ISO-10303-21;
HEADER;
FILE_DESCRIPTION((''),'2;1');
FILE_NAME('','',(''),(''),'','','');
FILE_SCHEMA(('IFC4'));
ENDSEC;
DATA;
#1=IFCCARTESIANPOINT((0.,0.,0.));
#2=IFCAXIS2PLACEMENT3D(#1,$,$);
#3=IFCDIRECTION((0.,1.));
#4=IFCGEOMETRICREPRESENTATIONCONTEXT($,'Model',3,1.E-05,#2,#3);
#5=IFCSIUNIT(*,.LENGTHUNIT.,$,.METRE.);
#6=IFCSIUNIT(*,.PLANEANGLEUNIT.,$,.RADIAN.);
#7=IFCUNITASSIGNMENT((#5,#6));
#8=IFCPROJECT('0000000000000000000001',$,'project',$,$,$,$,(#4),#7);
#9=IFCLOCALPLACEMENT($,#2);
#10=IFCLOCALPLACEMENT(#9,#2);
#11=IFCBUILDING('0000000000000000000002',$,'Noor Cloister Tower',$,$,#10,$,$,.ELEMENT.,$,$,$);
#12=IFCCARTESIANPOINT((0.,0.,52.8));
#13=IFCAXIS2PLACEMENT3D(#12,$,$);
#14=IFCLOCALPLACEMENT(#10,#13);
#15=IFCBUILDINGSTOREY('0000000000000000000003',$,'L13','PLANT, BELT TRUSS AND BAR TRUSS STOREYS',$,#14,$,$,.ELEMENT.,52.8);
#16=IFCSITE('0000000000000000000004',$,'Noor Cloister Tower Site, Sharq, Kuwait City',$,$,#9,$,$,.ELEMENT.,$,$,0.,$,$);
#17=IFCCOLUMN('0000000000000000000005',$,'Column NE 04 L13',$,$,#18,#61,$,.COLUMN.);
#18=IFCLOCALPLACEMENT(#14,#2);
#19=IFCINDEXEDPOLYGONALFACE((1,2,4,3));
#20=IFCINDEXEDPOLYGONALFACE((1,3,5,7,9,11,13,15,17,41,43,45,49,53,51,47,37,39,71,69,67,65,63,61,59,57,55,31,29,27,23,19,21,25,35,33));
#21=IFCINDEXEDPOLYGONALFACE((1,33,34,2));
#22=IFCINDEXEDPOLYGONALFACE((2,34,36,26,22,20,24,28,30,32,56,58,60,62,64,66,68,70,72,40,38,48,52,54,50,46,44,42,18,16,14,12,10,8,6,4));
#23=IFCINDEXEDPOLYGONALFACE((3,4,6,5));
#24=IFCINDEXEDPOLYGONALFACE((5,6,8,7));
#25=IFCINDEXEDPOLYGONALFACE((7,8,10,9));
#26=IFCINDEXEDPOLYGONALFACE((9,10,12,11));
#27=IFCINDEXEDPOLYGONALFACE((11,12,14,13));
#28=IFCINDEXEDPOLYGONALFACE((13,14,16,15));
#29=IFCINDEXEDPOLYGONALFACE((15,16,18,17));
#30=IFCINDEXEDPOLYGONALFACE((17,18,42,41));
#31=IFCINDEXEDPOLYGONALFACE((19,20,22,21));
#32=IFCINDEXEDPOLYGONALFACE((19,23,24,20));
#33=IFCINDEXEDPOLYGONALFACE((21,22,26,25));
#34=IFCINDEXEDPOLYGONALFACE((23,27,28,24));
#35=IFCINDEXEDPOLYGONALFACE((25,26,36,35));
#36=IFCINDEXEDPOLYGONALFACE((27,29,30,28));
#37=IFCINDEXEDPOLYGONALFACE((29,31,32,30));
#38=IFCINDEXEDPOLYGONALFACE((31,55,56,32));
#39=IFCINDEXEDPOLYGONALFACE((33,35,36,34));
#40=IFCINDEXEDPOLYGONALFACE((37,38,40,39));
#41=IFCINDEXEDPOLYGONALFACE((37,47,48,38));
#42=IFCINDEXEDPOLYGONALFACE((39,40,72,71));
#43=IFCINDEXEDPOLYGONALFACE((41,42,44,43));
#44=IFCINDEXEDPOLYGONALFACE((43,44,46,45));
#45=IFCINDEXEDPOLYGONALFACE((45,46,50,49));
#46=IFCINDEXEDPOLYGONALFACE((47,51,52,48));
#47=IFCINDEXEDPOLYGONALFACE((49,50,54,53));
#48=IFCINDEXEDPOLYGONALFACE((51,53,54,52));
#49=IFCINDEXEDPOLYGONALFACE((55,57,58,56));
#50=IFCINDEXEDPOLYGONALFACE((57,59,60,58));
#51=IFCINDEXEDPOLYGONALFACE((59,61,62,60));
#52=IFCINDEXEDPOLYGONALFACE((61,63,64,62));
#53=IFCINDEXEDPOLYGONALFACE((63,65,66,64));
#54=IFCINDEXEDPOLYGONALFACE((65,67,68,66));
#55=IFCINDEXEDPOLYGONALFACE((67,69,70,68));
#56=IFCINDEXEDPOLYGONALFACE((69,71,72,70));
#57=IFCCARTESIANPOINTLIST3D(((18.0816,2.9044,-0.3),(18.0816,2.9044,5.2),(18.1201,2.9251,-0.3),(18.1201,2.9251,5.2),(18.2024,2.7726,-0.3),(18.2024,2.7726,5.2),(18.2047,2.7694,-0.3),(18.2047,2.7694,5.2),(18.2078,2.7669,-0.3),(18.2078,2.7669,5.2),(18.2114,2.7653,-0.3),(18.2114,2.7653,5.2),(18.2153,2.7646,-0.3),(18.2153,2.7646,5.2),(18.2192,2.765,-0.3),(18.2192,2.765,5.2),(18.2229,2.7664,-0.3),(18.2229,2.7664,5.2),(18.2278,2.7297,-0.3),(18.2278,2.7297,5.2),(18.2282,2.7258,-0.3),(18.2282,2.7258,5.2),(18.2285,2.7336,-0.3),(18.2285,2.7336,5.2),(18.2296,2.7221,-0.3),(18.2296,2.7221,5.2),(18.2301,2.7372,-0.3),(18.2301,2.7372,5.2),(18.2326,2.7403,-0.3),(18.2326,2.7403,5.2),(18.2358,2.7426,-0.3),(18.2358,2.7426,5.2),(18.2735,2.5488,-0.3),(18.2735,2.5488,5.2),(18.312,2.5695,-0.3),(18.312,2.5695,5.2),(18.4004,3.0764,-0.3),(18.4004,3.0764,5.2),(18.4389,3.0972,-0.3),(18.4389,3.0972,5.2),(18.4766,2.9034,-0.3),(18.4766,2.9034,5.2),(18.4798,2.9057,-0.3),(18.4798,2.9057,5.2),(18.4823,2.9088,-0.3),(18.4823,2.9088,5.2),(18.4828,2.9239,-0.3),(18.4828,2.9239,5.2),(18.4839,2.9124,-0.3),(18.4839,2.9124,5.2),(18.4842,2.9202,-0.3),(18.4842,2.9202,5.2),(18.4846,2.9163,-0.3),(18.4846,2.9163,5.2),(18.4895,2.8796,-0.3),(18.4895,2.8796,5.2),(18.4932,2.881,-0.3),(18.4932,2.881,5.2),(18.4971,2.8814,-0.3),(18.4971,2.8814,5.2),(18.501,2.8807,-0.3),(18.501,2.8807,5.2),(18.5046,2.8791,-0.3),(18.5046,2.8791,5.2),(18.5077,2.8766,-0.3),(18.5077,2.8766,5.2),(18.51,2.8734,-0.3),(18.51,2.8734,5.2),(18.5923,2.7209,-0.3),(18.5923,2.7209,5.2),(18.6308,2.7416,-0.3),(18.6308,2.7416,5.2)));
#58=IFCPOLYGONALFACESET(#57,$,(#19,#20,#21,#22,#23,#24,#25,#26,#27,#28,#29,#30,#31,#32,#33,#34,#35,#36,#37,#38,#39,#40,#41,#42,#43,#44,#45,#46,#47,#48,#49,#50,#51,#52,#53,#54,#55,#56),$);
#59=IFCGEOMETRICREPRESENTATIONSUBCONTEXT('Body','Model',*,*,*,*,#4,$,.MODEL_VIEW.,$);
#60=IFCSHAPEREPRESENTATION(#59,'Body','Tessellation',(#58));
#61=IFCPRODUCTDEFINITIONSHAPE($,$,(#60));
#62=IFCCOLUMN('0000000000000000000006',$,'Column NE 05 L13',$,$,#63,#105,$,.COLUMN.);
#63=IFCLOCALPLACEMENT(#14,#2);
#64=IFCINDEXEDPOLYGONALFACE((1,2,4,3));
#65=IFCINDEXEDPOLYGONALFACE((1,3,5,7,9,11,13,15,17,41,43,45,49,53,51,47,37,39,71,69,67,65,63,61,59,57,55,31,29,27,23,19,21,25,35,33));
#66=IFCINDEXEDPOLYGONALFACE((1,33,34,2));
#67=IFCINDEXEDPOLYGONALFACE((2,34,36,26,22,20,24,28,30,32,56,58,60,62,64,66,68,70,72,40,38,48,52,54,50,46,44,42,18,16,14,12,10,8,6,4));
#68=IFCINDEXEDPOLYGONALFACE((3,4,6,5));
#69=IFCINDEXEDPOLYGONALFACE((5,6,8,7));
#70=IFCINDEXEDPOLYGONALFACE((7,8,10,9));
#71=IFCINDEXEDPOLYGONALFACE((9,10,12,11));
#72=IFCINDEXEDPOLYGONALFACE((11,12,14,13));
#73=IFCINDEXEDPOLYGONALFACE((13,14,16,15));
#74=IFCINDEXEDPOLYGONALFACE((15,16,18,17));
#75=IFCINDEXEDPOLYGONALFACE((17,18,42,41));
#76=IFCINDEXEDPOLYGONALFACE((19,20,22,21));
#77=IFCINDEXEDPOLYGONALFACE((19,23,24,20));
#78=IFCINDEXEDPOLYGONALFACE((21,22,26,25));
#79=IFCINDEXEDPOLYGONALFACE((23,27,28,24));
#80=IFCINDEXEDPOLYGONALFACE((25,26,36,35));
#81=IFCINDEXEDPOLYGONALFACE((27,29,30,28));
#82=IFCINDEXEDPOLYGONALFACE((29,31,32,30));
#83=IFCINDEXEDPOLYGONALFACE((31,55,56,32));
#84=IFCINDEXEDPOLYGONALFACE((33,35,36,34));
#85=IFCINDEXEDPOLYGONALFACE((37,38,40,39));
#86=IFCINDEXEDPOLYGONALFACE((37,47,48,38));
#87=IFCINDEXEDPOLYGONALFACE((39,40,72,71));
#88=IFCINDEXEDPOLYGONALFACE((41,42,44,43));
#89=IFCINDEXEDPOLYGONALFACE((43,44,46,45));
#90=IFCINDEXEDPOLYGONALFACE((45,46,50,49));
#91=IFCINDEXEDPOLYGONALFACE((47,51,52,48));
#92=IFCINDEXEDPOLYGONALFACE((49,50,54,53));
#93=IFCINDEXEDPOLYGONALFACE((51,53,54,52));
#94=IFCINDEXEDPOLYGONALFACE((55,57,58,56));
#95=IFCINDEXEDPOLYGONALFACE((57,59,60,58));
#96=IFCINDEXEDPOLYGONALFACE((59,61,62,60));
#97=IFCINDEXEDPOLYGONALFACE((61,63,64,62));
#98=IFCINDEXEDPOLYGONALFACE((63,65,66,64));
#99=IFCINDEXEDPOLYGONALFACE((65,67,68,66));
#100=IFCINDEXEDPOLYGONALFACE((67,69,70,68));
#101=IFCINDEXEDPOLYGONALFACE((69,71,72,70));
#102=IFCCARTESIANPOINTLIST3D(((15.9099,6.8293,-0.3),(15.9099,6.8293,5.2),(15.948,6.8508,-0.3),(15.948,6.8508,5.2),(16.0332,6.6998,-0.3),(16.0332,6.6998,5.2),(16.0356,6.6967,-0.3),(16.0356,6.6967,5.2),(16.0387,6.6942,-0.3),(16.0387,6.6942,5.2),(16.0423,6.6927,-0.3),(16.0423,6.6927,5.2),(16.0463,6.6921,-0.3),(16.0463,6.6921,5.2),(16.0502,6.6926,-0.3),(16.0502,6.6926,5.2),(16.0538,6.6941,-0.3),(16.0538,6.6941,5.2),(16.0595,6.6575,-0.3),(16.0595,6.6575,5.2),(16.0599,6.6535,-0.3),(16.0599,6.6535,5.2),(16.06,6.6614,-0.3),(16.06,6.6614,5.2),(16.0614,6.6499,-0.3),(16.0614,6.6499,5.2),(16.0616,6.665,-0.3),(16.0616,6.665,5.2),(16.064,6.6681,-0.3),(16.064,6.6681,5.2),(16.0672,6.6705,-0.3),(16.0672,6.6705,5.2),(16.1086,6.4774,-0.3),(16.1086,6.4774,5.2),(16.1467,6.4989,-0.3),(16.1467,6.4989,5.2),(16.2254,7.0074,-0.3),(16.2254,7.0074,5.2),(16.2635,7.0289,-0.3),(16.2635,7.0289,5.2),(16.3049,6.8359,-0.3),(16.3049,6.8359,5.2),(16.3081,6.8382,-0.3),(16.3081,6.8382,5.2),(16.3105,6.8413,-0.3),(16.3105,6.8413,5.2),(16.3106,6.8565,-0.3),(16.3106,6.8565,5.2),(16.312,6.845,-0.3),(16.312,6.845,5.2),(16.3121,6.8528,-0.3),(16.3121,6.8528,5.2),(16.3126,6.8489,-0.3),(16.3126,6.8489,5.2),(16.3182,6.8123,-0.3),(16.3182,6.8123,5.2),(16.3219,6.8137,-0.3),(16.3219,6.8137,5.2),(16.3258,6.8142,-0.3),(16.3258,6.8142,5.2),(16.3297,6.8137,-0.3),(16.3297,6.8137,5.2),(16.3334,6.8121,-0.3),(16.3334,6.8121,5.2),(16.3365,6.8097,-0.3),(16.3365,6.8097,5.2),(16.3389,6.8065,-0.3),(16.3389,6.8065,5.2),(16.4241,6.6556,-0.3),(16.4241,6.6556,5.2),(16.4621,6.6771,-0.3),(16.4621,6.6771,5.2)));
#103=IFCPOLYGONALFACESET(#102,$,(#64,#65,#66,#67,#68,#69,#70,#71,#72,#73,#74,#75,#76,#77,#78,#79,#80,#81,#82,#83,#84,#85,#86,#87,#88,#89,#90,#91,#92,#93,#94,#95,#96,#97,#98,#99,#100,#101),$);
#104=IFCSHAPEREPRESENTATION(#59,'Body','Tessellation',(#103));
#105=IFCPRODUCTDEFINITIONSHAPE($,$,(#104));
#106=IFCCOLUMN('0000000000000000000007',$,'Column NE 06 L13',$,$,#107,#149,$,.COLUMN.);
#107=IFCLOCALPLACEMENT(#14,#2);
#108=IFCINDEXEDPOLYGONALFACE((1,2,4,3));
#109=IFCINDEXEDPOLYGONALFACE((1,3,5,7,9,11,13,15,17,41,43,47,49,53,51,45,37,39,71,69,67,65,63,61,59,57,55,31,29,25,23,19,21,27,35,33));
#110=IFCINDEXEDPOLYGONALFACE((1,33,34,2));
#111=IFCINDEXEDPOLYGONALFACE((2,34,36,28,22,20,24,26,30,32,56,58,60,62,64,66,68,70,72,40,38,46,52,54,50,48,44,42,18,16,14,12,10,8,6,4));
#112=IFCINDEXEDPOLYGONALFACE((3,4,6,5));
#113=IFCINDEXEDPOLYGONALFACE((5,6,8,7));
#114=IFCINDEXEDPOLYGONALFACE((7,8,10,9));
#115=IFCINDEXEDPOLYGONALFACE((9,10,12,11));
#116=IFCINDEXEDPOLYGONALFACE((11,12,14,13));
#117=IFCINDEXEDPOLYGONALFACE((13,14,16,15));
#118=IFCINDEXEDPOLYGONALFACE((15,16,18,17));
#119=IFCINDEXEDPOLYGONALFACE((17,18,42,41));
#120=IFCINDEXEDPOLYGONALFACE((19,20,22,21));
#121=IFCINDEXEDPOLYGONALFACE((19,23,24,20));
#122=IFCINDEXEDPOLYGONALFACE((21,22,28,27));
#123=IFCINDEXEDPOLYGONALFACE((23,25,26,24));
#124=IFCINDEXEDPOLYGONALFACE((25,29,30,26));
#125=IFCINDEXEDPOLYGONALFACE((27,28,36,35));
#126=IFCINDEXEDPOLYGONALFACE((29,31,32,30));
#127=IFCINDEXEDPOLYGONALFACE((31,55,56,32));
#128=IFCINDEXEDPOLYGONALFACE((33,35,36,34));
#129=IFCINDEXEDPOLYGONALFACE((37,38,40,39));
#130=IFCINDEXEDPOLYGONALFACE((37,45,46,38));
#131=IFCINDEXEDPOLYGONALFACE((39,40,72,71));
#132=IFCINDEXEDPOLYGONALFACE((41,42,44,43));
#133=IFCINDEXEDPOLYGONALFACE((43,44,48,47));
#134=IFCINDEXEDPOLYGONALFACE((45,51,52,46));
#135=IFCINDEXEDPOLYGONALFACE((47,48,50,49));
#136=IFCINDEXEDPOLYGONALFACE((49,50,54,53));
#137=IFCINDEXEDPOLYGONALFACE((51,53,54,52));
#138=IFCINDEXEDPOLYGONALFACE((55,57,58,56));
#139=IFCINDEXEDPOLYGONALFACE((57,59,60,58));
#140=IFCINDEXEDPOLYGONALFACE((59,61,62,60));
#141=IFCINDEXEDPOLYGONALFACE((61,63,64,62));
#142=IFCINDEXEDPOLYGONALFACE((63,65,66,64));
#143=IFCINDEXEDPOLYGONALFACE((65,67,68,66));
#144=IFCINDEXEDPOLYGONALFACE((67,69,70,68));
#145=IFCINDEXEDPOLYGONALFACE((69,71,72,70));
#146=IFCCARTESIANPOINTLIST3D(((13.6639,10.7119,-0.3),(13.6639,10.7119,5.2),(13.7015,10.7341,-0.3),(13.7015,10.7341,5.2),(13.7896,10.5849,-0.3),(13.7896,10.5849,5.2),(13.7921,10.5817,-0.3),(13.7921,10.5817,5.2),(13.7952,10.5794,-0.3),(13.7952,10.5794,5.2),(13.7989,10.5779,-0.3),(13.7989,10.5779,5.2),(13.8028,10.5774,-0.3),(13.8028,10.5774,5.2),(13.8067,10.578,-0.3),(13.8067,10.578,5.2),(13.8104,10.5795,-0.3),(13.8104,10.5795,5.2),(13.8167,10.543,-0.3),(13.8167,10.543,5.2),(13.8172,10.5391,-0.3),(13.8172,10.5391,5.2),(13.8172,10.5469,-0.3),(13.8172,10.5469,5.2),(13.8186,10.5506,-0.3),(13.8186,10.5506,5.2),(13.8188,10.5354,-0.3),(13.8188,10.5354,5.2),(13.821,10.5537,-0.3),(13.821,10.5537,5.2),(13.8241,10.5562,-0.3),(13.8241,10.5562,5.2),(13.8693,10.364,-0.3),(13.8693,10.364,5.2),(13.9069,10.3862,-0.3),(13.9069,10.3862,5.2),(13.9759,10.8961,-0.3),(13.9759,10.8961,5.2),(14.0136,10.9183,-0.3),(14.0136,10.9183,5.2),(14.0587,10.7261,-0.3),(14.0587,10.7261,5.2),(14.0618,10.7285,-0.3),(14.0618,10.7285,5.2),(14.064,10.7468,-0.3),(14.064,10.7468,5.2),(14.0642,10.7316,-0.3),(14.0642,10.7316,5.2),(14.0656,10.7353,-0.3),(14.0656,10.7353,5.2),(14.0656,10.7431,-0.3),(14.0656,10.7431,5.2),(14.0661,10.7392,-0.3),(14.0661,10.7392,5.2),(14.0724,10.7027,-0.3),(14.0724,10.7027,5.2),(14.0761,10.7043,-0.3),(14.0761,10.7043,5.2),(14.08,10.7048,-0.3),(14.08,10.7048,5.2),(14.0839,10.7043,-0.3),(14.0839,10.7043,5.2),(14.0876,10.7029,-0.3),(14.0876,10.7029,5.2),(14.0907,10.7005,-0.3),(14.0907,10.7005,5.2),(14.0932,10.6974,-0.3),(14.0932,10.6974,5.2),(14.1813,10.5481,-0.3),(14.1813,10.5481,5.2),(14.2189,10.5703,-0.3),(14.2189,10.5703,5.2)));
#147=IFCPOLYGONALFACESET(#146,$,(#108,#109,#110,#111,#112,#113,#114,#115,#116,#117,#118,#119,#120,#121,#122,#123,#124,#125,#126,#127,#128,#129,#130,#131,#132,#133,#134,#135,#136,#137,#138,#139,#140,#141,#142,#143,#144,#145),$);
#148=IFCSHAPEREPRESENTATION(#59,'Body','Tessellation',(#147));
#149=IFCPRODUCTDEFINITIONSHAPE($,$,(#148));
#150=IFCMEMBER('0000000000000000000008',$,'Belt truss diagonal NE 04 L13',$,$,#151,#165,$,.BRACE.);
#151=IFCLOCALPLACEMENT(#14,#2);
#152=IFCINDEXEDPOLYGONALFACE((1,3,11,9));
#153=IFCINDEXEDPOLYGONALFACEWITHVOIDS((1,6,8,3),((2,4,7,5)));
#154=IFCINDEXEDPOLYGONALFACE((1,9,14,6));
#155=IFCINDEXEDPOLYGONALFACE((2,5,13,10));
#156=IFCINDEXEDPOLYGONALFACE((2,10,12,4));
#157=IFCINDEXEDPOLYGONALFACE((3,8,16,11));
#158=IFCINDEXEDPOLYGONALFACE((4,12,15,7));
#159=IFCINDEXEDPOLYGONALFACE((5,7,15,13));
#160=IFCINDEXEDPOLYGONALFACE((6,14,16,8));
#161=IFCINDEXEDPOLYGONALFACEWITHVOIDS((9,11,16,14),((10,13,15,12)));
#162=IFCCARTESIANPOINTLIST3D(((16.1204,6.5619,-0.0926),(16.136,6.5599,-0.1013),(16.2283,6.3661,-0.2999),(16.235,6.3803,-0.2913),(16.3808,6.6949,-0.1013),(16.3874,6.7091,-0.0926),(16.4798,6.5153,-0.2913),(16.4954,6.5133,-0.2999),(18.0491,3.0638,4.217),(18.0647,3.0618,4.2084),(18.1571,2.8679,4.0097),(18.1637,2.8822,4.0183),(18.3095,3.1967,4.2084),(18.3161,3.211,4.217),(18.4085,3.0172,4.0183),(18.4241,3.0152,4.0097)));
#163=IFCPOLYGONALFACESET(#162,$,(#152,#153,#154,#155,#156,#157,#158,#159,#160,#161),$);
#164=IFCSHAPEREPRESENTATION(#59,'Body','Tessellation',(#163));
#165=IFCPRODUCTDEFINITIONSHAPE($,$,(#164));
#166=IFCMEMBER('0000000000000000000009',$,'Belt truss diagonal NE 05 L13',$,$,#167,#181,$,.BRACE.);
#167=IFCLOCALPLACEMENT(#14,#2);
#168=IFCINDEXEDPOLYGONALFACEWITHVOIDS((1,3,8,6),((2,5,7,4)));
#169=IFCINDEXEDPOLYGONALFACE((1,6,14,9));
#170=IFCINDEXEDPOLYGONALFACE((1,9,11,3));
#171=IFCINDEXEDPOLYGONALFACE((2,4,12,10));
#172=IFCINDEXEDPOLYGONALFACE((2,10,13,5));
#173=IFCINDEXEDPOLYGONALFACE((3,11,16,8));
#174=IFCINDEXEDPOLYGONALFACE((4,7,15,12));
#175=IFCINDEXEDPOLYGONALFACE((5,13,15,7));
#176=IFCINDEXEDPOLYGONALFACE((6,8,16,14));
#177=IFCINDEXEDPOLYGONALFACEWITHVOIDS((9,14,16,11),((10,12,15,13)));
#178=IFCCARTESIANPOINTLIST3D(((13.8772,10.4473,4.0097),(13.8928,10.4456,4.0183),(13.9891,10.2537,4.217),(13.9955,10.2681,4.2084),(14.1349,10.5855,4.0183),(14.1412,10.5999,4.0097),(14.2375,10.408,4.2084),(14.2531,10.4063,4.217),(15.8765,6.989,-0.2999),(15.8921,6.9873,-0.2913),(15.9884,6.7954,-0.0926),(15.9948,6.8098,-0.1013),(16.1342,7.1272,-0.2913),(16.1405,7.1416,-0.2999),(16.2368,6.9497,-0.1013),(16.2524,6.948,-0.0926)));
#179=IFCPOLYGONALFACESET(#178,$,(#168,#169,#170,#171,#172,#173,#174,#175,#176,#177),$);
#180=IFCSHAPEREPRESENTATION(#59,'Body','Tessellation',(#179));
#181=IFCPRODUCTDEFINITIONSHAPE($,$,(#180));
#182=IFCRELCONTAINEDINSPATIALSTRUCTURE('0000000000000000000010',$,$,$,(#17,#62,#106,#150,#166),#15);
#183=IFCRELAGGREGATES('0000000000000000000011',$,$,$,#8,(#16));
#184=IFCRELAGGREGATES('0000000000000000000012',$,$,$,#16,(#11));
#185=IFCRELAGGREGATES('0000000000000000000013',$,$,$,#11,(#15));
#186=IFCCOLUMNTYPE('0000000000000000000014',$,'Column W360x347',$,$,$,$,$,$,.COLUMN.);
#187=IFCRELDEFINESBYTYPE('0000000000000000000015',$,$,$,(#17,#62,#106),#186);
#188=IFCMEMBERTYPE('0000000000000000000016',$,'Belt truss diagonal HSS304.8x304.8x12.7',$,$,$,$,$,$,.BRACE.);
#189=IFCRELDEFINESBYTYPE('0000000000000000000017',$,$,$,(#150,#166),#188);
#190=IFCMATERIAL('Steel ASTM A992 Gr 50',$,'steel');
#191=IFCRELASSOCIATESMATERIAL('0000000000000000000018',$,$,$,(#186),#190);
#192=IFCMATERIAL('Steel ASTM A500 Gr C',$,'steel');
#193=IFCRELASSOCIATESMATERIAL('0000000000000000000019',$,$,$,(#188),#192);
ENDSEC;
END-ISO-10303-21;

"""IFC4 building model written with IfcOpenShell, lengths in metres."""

from ifc_helpers import new_model, si_unit, direction, frame, origin, origin_2d, place, context, subcontext, project, spatial, hollow_rectangle, i_section, extrude, material, material_profile, profile_set, type_object, element, save


model = new_model("IFC4")

# Units and contexts
model_context = context("Model", 3, precision=1e-05, world=origin(), true_north=direction((0.0, 1.0)))
body_context = subcontext(model_context, "Body", "Model", "MODEL_VIEW")
ifc_project = project(units=[si_unit("LENGTHUNIT", "METRE"), si_unit("PLANEANGLEUNIT", "RADIAN")], contexts=[model_context])

# Site, building, storey
site_placement = place(None, origin())
site = spatial("IfcSite", under=ifc_project, at=site_placement, Name="Noor Cloister Tower Site, Sharq, Kuwait City", CompositionType="ELEMENT", RefElevation=0.0)
building_placement = place(site_placement, origin())
building = spatial("IfcBuilding", under=site, at=building_placement, Name="Noor Cloister Tower", CompositionType="ELEMENT")
storey_placement = place(building_placement, frame((0.0, 0.0, 52.8)))
storey = spatial("IfcBuildingStorey", under=building, at=storey_placement, Name="L13", Description="PLANT, BELT TRUSS AND BAR TRUSS STOREYS", CompositionType="ELEMENT", Elevation=52.8)

# Columns
ifc_material_1 = material(Name="Steel ASTM A992 Gr 50", Category="steel")
ifc_material_profile_1 = material_profile(ifc_material_1, i_section(OverallWidth=0.4041, OverallDepth=0.406, WebThickness=0.0271, FlangeThickness=0.0437, FilletRadius=0.0151, at=origin_2d()), Name="W360x347")
ifc_profile_set_1 = profile_set([ifc_material_profile_1], Name="Steel ASTM A992 Gr 50")
column_type = type_object("IfcColumnType", Name="Column W360x347", PredefinedType="COLUMN", material=ifc_profile_set_1)
for number, where, z_axis, x_axis, name in (
    (1, (18.3562, 2.823, -0.3), (0.0, 0.0, 1.0), (-0.474991, 0.87999, 0.0), "Column NE 04 L13"),
    (2, (16.186, 6.7532, -0.3), (0.0, 0.0, 1.0), (-0.491708, 0.87076, 0.0), "Column NE 05 L13"),
    (3, (13.9414, 10.6411, -0.3), (0.0, 0.0, 1.0), (-0.508246, 0.861212, 0.0), "Column NE 06 L13"),
):
    element("IfcColumn", number, at=place(storey_placement, frame(where, z_axis=z_axis, x_axis=x_axis)), inside=storey, type_object=column_type, Name=name, PredefinedType="COLUMN", context=body_context, shape_type="SweptSolid", body=[
        extrude(i_section(OverallWidth=0.4041, OverallDepth=0.406, WebThickness=0.0271, FlangeThickness=0.0437, FilletRadius=0.0151, at=origin_2d()), origin(), (0.0, 0.0, 1.0), 5.5),
    ])

# Members
ifc_material_2 = material(Name="Steel ASTM A500 Gr C", Category="steel")
ifc_material_profile_2 = material_profile(ifc_material_2, hollow_rectangle(XDim=0.3049, YDim=0.3049, WallThickness=0.0127, at=origin_2d()), Name="HSS304.8x304.8x12.7")
ifc_profile_set_2 = profile_set([ifc_material_profile_2], Name="Steel ASTM A500 Gr C")
member_type = type_object("IfcMemberType", Name="Belt truss diagonal HSS304.8x304.8x12.7", PredefinedType="BRACE", material=ifc_profile_set_2)
for number, where, z_axis, x_axis, name in (
    (4, (16.3079, 6.5376, -0.1963), (0.328229, -0.5953, 0.733405), (0.87571, 0.482838, 0.0), "Belt truss diagonal NE 04 L13"),
    (5, (16.0645, 6.9685, -0.1963), (-0.340235, 0.588525, 0.733402), (-0.865739, -0.500497, 0.0), "Belt truss diagonal NE 05 L13"),
):
    element("IfcMember", number, at=place(storey_placement, frame(where, z_axis=z_axis, x_axis=x_axis)), inside=storey, type_object=member_type, Name=name, PredefinedType="BRACE", context=body_context, shape_type="SweptSolid", body=[
        extrude(hollow_rectangle(XDim=0.3049, YDim=0.3049, WallThickness=0.0127, at=origin_2d()), origin(), (0.0, 0.0, 1.0), 5.8762),
    ])

save(model, "model.ifc")
